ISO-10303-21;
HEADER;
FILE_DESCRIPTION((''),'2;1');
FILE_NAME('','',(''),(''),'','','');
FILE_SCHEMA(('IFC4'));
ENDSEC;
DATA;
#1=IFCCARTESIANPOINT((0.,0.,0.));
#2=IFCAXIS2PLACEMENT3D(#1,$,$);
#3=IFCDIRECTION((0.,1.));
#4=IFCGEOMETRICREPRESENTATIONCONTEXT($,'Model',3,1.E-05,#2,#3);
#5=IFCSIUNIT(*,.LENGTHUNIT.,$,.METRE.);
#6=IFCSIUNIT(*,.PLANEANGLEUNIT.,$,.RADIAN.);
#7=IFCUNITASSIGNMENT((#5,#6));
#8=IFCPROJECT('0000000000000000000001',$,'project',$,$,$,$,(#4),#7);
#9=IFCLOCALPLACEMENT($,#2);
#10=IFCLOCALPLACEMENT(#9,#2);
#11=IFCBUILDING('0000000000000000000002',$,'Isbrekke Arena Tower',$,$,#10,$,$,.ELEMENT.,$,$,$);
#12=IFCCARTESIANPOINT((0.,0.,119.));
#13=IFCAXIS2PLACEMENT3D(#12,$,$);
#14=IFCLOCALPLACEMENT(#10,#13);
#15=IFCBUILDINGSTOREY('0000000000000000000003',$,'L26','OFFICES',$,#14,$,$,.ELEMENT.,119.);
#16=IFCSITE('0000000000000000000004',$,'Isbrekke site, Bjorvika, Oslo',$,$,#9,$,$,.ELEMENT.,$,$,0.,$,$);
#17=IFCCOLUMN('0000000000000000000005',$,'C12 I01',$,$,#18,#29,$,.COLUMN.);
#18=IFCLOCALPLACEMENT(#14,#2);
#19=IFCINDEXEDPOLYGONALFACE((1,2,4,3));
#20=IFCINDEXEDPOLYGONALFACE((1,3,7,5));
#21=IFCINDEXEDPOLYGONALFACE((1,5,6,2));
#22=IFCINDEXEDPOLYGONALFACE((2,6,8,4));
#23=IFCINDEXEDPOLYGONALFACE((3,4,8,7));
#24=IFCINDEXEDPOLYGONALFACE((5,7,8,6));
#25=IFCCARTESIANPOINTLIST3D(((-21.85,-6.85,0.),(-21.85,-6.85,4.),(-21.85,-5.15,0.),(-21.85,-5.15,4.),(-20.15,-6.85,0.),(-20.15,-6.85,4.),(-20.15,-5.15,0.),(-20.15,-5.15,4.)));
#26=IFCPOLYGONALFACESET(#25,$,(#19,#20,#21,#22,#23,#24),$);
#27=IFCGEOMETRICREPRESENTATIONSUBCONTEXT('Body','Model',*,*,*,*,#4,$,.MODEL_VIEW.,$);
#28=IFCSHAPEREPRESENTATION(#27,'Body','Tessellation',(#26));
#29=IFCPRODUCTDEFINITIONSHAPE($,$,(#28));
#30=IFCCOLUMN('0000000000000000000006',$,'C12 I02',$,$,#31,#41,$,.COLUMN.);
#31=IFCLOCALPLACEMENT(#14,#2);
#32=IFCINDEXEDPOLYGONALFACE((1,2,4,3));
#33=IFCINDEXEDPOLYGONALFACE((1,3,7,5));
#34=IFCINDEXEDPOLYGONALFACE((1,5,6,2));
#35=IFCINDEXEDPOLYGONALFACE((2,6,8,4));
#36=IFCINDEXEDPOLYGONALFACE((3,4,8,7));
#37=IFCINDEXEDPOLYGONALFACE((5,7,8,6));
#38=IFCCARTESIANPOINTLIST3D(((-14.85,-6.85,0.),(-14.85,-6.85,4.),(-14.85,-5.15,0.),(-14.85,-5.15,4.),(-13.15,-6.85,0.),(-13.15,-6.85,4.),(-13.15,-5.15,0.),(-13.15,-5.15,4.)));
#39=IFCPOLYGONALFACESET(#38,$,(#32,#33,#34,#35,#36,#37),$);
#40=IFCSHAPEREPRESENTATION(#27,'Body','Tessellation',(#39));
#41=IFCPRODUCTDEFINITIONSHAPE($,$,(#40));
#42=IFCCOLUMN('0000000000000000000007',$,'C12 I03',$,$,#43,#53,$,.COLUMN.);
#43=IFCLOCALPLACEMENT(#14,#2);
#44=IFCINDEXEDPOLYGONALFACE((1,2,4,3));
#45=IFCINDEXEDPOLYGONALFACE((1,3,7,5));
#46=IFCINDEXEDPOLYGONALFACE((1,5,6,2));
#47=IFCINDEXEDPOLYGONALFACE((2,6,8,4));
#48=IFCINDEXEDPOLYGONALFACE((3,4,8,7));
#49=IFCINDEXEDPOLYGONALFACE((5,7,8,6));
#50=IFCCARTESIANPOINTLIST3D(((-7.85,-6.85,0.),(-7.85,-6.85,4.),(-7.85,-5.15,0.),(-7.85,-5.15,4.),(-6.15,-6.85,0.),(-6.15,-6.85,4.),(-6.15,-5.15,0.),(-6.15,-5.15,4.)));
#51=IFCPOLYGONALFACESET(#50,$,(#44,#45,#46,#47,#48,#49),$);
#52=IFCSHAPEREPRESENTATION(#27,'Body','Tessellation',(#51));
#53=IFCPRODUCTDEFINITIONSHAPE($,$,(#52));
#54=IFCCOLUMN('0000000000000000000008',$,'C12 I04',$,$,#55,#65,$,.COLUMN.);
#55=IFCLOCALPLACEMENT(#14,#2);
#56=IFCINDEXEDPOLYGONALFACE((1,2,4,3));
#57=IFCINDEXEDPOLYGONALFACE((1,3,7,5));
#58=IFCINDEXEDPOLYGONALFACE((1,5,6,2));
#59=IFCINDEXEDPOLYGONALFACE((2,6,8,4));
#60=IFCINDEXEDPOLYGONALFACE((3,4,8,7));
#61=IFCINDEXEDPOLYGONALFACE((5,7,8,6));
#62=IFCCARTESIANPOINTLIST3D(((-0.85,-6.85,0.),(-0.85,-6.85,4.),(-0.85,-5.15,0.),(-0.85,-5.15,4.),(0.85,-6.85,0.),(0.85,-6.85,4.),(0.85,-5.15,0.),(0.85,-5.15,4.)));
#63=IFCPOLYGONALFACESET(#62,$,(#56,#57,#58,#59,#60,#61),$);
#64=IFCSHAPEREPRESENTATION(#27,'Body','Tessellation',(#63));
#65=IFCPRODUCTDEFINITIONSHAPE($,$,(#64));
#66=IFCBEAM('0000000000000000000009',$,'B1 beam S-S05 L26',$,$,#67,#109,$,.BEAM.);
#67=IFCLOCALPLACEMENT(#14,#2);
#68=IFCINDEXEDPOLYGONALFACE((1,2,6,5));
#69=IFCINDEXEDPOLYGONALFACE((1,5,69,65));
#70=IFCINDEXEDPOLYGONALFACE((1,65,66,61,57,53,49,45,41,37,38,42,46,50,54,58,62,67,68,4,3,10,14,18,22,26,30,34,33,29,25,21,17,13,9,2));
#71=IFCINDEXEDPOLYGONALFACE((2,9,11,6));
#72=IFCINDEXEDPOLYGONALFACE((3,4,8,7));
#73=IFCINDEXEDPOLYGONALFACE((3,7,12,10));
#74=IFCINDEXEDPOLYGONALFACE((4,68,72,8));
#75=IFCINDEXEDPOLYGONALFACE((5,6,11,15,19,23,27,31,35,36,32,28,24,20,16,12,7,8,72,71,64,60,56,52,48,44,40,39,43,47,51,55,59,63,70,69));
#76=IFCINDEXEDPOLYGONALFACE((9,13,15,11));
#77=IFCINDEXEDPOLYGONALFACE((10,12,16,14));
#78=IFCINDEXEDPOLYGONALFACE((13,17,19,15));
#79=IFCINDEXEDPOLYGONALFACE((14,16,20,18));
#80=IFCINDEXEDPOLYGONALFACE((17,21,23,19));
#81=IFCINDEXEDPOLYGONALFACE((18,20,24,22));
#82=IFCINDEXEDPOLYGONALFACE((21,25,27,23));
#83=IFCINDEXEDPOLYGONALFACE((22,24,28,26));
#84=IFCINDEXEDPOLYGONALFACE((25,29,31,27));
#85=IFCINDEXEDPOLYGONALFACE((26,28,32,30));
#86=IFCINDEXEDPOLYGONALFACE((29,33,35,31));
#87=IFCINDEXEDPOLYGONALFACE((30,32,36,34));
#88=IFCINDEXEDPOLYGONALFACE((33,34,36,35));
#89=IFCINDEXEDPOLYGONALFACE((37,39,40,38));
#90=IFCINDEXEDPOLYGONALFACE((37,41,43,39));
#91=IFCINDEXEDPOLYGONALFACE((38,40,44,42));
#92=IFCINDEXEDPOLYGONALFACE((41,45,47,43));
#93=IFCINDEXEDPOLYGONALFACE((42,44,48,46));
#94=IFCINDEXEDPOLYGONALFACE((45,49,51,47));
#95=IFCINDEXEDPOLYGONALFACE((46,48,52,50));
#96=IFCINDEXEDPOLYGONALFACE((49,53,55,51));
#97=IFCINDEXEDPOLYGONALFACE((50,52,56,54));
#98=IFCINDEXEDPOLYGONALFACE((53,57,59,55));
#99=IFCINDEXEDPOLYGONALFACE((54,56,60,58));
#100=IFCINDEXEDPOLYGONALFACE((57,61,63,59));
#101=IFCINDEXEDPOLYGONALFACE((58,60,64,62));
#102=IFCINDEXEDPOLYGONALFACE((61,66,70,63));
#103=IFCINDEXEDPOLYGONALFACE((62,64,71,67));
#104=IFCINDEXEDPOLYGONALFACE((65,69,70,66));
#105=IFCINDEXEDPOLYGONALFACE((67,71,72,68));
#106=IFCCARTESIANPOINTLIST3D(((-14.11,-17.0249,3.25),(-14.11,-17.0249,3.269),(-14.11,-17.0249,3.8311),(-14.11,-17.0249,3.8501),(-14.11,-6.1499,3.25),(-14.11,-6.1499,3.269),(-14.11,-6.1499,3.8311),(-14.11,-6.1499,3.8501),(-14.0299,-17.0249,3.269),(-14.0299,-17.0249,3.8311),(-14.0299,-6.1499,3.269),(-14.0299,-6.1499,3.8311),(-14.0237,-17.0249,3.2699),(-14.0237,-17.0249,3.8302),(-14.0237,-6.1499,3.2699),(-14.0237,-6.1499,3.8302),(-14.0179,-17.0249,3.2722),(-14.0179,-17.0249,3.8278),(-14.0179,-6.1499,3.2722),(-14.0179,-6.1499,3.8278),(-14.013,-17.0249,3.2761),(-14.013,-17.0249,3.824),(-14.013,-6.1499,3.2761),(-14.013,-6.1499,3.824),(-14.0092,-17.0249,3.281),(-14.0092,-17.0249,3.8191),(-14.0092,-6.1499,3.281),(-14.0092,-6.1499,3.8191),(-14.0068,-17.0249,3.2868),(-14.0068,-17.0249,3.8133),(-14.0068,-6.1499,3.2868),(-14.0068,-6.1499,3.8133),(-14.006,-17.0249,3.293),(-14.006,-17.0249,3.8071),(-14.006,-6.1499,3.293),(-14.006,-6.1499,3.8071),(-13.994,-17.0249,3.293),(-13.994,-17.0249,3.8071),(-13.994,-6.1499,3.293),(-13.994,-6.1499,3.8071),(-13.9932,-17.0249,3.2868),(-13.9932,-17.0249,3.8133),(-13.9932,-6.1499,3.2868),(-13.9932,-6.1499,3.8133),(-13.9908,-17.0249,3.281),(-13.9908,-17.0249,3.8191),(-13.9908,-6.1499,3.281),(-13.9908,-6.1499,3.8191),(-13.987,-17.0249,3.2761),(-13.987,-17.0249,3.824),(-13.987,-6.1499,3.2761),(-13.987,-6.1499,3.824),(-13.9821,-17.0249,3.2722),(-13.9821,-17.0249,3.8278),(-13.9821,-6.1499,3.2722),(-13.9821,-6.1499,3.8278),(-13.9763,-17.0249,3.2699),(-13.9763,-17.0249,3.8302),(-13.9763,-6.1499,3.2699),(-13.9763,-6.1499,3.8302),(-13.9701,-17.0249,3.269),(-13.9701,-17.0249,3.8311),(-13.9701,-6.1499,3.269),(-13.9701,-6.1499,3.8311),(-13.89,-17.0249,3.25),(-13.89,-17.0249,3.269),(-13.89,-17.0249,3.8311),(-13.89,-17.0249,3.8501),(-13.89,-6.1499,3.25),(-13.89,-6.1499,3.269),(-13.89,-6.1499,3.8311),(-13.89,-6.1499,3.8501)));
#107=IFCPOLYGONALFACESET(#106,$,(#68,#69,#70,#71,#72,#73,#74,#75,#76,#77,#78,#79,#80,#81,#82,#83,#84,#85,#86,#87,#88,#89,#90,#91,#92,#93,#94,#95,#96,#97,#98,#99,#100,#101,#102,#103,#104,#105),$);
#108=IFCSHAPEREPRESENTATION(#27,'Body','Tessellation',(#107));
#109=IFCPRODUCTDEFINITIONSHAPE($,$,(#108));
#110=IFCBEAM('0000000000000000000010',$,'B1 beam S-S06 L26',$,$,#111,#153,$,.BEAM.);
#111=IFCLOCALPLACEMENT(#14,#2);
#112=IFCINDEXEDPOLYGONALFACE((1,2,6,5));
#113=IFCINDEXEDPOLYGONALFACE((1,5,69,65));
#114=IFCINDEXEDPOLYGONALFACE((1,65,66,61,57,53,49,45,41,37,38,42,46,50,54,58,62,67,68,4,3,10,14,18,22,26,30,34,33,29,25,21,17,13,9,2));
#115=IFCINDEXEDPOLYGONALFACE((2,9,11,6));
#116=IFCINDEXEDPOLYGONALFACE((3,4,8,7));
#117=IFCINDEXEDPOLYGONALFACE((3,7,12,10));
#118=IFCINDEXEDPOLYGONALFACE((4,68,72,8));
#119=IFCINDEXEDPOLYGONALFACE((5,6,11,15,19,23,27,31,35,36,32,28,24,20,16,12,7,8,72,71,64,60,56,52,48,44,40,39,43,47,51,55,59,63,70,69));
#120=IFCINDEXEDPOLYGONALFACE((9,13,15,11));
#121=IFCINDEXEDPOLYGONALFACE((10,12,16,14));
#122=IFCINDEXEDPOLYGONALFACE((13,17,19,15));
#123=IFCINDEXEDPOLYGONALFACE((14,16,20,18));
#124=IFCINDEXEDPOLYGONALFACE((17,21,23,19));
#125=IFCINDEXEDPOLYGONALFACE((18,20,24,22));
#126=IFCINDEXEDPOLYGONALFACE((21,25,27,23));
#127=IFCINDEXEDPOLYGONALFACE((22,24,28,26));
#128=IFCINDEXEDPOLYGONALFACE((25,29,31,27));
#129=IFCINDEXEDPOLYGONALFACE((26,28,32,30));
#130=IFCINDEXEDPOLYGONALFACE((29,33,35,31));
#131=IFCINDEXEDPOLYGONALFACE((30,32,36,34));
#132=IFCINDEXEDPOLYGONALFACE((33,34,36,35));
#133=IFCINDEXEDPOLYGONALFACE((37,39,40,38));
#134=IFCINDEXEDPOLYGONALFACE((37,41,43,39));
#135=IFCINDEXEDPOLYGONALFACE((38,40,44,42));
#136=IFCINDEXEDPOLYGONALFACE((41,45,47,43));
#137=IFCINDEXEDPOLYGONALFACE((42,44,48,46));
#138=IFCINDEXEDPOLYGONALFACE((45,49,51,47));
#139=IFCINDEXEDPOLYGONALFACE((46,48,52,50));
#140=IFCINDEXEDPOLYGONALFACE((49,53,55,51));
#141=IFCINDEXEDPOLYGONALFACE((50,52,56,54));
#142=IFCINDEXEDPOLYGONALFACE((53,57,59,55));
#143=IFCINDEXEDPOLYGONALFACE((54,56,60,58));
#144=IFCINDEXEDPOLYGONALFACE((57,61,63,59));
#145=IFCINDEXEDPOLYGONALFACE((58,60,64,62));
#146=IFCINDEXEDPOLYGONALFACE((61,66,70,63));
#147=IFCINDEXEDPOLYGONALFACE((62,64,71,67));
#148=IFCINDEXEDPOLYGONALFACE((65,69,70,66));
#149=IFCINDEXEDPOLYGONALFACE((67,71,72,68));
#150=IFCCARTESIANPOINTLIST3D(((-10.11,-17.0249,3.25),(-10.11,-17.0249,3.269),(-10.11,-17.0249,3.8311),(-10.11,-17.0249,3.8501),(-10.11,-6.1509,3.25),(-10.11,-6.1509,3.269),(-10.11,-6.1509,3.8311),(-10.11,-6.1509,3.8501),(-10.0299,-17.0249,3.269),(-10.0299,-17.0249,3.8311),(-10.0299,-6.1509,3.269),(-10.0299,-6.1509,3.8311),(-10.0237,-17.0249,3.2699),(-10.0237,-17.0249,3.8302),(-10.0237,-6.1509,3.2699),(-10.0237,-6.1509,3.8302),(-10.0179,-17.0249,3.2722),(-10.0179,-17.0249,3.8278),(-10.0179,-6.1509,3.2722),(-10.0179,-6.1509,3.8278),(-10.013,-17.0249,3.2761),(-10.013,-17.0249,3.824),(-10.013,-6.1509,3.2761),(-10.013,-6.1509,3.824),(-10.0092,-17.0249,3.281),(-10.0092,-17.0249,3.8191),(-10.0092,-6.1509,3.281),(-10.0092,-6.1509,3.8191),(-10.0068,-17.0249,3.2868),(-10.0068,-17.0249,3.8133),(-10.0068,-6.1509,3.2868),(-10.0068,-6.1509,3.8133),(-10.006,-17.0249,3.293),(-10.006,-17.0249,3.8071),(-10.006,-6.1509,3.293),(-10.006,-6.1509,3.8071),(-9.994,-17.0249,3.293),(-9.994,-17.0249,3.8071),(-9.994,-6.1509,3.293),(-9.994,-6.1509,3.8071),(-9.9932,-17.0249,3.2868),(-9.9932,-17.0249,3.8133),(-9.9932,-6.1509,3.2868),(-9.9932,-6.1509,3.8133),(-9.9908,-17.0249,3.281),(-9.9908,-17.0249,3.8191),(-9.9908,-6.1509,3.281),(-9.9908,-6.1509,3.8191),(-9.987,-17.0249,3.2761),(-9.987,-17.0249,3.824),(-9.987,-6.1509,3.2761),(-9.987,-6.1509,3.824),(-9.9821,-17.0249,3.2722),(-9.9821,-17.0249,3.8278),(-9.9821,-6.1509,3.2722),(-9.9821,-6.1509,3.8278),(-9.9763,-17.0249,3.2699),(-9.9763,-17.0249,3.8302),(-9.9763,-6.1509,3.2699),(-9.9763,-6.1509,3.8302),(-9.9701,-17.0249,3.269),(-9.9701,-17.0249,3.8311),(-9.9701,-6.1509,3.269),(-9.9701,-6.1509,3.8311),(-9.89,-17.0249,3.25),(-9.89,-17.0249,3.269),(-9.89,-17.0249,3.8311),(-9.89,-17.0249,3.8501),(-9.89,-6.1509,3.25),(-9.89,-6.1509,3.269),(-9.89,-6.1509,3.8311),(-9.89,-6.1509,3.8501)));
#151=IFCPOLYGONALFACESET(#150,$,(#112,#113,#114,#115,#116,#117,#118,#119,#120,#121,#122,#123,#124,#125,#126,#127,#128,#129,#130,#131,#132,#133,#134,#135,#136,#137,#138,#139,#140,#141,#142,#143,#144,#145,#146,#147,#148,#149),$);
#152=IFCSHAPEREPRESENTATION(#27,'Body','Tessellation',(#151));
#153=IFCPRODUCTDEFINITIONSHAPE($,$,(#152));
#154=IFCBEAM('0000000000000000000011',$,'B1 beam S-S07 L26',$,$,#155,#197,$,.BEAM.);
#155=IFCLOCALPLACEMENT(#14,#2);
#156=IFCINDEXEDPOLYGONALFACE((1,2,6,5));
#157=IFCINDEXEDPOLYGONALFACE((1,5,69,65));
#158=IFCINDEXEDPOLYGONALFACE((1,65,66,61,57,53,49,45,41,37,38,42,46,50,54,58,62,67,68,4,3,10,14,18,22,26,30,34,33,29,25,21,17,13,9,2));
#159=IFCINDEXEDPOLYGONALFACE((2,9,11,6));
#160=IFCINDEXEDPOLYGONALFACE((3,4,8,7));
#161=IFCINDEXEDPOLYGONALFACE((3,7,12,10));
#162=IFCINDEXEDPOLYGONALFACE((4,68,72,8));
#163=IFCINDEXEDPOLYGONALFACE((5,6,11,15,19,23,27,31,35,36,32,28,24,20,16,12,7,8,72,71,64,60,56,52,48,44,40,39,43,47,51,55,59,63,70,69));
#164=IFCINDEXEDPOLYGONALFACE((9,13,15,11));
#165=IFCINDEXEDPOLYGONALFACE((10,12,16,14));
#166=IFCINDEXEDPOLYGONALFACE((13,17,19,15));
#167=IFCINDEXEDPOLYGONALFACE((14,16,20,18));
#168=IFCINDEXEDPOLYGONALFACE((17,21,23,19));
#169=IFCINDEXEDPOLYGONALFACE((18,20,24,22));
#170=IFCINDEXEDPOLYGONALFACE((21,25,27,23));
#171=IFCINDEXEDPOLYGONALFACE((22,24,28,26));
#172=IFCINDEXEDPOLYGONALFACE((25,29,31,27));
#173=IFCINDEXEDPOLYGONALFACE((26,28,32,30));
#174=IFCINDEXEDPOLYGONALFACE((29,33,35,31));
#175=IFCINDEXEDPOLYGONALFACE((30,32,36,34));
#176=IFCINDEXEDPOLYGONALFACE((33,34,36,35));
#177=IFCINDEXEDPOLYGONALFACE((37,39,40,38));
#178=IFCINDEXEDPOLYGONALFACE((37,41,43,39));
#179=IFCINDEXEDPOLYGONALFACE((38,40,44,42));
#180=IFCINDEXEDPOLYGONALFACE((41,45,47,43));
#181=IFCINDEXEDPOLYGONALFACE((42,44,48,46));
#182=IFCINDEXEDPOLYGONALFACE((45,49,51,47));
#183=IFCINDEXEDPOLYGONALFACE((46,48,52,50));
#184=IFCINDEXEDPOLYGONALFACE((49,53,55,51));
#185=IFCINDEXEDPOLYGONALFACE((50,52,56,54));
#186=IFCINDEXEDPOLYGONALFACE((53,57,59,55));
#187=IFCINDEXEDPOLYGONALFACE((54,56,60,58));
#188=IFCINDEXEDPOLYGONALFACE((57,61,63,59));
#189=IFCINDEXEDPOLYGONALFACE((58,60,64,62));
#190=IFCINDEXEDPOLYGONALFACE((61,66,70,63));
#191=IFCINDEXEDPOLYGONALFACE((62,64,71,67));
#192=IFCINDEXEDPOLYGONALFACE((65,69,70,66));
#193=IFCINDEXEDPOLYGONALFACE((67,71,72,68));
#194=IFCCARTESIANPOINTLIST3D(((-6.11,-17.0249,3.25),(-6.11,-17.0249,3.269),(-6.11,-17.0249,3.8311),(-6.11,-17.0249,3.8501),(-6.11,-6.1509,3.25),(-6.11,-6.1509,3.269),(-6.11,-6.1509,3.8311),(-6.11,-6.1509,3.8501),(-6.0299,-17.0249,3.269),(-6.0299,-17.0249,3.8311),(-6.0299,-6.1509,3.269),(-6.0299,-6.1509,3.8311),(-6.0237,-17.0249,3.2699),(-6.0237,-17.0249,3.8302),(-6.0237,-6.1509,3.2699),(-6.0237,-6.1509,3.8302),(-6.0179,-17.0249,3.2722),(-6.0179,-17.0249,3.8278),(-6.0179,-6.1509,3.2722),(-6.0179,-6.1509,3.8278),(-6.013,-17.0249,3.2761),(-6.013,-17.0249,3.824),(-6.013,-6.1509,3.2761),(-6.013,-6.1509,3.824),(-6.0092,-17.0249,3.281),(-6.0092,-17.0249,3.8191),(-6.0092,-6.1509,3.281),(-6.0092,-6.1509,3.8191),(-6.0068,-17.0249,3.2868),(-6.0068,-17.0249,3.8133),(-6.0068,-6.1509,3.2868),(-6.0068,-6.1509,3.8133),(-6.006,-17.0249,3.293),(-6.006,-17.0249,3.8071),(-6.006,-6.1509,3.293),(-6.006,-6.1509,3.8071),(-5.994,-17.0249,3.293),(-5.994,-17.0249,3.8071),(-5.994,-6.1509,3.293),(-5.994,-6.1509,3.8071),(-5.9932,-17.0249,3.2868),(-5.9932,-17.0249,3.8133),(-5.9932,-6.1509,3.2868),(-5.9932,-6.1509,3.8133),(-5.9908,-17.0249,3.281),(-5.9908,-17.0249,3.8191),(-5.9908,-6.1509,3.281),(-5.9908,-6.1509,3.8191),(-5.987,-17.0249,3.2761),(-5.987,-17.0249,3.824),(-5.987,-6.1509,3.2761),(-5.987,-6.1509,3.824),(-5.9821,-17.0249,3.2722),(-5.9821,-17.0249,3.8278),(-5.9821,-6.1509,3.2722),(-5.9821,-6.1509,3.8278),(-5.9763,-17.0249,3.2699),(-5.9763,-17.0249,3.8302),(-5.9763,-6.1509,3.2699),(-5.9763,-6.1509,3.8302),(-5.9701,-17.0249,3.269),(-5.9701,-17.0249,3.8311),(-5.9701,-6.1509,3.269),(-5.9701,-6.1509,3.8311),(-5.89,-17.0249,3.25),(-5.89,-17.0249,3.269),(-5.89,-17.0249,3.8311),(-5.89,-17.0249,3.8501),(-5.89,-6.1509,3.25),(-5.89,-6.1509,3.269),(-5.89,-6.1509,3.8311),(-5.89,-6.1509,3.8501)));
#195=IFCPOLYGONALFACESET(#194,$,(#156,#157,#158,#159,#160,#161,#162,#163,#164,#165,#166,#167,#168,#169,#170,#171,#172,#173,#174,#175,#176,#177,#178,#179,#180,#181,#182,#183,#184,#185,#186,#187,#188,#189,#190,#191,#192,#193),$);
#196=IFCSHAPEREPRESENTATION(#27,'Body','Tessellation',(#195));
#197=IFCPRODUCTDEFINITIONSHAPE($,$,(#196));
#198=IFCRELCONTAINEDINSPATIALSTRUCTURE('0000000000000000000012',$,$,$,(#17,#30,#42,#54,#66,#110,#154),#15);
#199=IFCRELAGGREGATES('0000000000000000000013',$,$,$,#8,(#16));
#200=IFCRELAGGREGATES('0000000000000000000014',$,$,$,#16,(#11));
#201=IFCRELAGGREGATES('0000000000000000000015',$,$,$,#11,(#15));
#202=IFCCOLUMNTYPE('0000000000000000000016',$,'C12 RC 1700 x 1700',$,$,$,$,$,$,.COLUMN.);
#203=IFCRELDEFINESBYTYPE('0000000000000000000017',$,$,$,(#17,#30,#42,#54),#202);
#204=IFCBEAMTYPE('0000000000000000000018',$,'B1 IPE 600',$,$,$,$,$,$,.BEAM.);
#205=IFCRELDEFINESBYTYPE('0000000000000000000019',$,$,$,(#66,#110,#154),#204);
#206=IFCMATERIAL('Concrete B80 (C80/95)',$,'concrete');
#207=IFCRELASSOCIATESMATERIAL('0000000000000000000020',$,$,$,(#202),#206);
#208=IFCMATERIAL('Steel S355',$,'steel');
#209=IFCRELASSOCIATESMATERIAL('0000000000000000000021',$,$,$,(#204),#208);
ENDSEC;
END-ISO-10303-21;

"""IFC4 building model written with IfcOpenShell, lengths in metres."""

from ifc_helpers import new_model, si_unit, direction, frame, origin, origin_2d, place, context, subcontext, project, spatial, rectangle, i_section, extrude, material, material_profile, profile_set, type_object, element, save


model = new_model("IFC4")

# Units and contexts
model_context = context("Model", 3, precision=1e-05, world=origin(), true_north=direction((0.0, 1.0)))
body_context = subcontext(model_context, "Body", "Model", "MODEL_VIEW")
ifc_project = project(units=[si_unit("LENGTHUNIT", "METRE"), si_unit("PLANEANGLEUNIT", "RADIAN")], contexts=[model_context])

# Site, building, storey
site_placement = place(None, origin())
site = spatial("IfcSite", under=ifc_project, at=site_placement, Name="Isbrekke site, Bjorvika, Oslo", CompositionType="ELEMENT", RefElevation=0.0)
building_placement = place(site_placement, origin())
building = spatial("IfcBuilding", under=site, at=building_placement, Name="Isbrekke Arena Tower", CompositionType="ELEMENT")
storey_placement = place(building_placement, frame((0.0, 0.0, 119.0)))
storey = spatial("IfcBuildingStorey", under=building, at=storey_placement, Name="L26", Description="OFFICES", CompositionType="ELEMENT", Elevation=119.0)

# Columns
ifc_material_1 = material(Name="Concrete B80 (C80/95)", Category="concrete")
ifc_material_profile_1 = material_profile(ifc_material_1, rectangle(XDim=1.7, YDim=1.7, at=origin_2d()), Name="RC 1700x1700")
ifc_profile_set_1 = profile_set([ifc_material_profile_1], Name="Concrete B80 (C80/95)")
column_type = type_object("IfcColumnType", Name="C12 RC 1700 x 1700", PredefinedType="COLUMN", material=ifc_profile_set_1)
for number, where, z_axis, x_axis, name in (
    (1, (-21.0, -6.0, 0.0), (0.0, 0.0, 1.0), (1.0, 0.0, 0.0), "C12 I01"),
    (2, (-14.0, -6.0, 0.0), (0.0, 0.0, 1.0), (1.0, 0.0, 0.0), "C12 I02"),
    (3, (-7.0, -6.0, 0.0), (0.0, 0.0, 1.0), (1.0, 0.0, 0.0), "C12 I03"),
    (4, (0.0, -6.0, 0.0), (0.0, 0.0, 1.0), (1.0, 0.0, 0.0), "C12 I04"),
):
    element("IfcColumn", number, at=place(storey_placement, frame(where, z_axis=z_axis, x_axis=x_axis)), inside=storey, type_object=column_type, Name=name, PredefinedType="COLUMN", context=body_context, shape_type="SweptSolid", body=[
        extrude(rectangle(XDim=1.7, YDim=1.7, at=origin_2d()), origin(), (0.0, 0.0, 1.0), 4.0),
    ])

# Beams
ifc_material_2 = material(Name="Steel S355", Category="steel")
ifc_material_profile_2 = material_profile(ifc_material_2, i_section(OverallWidth=0.22, OverallDepth=0.6001, WebThickness=0.012, FlangeThickness=0.019, FilletRadius=0.0239, at=origin_2d()), Name="IPE 600")
ifc_profile_set_2 = profile_set([ifc_material_profile_2], Name="Steel S355")
beam_type_1 = type_object("IfcBeamType", Name="B1 IPE 600", PredefinedType="BEAM", material=ifc_profile_set_2)
beam_1_placement = place(storey_placement, frame((-14.0, -17.0249, 3.55), z_axis=(0.0, 1.0, 0.0), x_axis=(-1.0, 0.0, 0.0)))
element("IfcBeam", 5, at=beam_1_placement, inside=storey, type_object=beam_type_1, Name="B1 beam S-S05 L26", PredefinedType="BEAM", context=body_context, shape_type="SweptSolid", body=[
    extrude(i_section(OverallWidth=0.22, OverallDepth=0.6001, WebThickness=0.012, FlangeThickness=0.019, FilletRadius=0.0239, at=origin_2d()), origin(), (0.0, 0.0, 1.0), 10.875),
])
for number, where, z_axis, x_axis, name in (
    (6, (-10.0, -17.0249, 3.55), (0.0, 1.0, 0.0), (-1.0, 0.0, 0.0), "B1 beam S-S06 L26"),
    (7, (-6.0, -17.0249, 3.55), (0.0, 1.0, 0.0), (-1.0, 0.0, 0.0), "B1 beam S-S07 L26"),
):
    element("IfcBeam", number, at=place(storey_placement, frame(where, z_axis=z_axis, x_axis=x_axis)), inside=storey, type_object=beam_type_1, Name=name, PredefinedType="BEAM", context=body_context, shape_type="SweptSolid", body=[
        extrude(i_section(OverallWidth=0.22, OverallDepth=0.6001, WebThickness=0.012, FlangeThickness=0.019, FilletRadius=0.0239, at=origin_2d()), origin(), (0.0, 0.0, 1.0), 10.874),
    ])

save(model, "model.ifc")
